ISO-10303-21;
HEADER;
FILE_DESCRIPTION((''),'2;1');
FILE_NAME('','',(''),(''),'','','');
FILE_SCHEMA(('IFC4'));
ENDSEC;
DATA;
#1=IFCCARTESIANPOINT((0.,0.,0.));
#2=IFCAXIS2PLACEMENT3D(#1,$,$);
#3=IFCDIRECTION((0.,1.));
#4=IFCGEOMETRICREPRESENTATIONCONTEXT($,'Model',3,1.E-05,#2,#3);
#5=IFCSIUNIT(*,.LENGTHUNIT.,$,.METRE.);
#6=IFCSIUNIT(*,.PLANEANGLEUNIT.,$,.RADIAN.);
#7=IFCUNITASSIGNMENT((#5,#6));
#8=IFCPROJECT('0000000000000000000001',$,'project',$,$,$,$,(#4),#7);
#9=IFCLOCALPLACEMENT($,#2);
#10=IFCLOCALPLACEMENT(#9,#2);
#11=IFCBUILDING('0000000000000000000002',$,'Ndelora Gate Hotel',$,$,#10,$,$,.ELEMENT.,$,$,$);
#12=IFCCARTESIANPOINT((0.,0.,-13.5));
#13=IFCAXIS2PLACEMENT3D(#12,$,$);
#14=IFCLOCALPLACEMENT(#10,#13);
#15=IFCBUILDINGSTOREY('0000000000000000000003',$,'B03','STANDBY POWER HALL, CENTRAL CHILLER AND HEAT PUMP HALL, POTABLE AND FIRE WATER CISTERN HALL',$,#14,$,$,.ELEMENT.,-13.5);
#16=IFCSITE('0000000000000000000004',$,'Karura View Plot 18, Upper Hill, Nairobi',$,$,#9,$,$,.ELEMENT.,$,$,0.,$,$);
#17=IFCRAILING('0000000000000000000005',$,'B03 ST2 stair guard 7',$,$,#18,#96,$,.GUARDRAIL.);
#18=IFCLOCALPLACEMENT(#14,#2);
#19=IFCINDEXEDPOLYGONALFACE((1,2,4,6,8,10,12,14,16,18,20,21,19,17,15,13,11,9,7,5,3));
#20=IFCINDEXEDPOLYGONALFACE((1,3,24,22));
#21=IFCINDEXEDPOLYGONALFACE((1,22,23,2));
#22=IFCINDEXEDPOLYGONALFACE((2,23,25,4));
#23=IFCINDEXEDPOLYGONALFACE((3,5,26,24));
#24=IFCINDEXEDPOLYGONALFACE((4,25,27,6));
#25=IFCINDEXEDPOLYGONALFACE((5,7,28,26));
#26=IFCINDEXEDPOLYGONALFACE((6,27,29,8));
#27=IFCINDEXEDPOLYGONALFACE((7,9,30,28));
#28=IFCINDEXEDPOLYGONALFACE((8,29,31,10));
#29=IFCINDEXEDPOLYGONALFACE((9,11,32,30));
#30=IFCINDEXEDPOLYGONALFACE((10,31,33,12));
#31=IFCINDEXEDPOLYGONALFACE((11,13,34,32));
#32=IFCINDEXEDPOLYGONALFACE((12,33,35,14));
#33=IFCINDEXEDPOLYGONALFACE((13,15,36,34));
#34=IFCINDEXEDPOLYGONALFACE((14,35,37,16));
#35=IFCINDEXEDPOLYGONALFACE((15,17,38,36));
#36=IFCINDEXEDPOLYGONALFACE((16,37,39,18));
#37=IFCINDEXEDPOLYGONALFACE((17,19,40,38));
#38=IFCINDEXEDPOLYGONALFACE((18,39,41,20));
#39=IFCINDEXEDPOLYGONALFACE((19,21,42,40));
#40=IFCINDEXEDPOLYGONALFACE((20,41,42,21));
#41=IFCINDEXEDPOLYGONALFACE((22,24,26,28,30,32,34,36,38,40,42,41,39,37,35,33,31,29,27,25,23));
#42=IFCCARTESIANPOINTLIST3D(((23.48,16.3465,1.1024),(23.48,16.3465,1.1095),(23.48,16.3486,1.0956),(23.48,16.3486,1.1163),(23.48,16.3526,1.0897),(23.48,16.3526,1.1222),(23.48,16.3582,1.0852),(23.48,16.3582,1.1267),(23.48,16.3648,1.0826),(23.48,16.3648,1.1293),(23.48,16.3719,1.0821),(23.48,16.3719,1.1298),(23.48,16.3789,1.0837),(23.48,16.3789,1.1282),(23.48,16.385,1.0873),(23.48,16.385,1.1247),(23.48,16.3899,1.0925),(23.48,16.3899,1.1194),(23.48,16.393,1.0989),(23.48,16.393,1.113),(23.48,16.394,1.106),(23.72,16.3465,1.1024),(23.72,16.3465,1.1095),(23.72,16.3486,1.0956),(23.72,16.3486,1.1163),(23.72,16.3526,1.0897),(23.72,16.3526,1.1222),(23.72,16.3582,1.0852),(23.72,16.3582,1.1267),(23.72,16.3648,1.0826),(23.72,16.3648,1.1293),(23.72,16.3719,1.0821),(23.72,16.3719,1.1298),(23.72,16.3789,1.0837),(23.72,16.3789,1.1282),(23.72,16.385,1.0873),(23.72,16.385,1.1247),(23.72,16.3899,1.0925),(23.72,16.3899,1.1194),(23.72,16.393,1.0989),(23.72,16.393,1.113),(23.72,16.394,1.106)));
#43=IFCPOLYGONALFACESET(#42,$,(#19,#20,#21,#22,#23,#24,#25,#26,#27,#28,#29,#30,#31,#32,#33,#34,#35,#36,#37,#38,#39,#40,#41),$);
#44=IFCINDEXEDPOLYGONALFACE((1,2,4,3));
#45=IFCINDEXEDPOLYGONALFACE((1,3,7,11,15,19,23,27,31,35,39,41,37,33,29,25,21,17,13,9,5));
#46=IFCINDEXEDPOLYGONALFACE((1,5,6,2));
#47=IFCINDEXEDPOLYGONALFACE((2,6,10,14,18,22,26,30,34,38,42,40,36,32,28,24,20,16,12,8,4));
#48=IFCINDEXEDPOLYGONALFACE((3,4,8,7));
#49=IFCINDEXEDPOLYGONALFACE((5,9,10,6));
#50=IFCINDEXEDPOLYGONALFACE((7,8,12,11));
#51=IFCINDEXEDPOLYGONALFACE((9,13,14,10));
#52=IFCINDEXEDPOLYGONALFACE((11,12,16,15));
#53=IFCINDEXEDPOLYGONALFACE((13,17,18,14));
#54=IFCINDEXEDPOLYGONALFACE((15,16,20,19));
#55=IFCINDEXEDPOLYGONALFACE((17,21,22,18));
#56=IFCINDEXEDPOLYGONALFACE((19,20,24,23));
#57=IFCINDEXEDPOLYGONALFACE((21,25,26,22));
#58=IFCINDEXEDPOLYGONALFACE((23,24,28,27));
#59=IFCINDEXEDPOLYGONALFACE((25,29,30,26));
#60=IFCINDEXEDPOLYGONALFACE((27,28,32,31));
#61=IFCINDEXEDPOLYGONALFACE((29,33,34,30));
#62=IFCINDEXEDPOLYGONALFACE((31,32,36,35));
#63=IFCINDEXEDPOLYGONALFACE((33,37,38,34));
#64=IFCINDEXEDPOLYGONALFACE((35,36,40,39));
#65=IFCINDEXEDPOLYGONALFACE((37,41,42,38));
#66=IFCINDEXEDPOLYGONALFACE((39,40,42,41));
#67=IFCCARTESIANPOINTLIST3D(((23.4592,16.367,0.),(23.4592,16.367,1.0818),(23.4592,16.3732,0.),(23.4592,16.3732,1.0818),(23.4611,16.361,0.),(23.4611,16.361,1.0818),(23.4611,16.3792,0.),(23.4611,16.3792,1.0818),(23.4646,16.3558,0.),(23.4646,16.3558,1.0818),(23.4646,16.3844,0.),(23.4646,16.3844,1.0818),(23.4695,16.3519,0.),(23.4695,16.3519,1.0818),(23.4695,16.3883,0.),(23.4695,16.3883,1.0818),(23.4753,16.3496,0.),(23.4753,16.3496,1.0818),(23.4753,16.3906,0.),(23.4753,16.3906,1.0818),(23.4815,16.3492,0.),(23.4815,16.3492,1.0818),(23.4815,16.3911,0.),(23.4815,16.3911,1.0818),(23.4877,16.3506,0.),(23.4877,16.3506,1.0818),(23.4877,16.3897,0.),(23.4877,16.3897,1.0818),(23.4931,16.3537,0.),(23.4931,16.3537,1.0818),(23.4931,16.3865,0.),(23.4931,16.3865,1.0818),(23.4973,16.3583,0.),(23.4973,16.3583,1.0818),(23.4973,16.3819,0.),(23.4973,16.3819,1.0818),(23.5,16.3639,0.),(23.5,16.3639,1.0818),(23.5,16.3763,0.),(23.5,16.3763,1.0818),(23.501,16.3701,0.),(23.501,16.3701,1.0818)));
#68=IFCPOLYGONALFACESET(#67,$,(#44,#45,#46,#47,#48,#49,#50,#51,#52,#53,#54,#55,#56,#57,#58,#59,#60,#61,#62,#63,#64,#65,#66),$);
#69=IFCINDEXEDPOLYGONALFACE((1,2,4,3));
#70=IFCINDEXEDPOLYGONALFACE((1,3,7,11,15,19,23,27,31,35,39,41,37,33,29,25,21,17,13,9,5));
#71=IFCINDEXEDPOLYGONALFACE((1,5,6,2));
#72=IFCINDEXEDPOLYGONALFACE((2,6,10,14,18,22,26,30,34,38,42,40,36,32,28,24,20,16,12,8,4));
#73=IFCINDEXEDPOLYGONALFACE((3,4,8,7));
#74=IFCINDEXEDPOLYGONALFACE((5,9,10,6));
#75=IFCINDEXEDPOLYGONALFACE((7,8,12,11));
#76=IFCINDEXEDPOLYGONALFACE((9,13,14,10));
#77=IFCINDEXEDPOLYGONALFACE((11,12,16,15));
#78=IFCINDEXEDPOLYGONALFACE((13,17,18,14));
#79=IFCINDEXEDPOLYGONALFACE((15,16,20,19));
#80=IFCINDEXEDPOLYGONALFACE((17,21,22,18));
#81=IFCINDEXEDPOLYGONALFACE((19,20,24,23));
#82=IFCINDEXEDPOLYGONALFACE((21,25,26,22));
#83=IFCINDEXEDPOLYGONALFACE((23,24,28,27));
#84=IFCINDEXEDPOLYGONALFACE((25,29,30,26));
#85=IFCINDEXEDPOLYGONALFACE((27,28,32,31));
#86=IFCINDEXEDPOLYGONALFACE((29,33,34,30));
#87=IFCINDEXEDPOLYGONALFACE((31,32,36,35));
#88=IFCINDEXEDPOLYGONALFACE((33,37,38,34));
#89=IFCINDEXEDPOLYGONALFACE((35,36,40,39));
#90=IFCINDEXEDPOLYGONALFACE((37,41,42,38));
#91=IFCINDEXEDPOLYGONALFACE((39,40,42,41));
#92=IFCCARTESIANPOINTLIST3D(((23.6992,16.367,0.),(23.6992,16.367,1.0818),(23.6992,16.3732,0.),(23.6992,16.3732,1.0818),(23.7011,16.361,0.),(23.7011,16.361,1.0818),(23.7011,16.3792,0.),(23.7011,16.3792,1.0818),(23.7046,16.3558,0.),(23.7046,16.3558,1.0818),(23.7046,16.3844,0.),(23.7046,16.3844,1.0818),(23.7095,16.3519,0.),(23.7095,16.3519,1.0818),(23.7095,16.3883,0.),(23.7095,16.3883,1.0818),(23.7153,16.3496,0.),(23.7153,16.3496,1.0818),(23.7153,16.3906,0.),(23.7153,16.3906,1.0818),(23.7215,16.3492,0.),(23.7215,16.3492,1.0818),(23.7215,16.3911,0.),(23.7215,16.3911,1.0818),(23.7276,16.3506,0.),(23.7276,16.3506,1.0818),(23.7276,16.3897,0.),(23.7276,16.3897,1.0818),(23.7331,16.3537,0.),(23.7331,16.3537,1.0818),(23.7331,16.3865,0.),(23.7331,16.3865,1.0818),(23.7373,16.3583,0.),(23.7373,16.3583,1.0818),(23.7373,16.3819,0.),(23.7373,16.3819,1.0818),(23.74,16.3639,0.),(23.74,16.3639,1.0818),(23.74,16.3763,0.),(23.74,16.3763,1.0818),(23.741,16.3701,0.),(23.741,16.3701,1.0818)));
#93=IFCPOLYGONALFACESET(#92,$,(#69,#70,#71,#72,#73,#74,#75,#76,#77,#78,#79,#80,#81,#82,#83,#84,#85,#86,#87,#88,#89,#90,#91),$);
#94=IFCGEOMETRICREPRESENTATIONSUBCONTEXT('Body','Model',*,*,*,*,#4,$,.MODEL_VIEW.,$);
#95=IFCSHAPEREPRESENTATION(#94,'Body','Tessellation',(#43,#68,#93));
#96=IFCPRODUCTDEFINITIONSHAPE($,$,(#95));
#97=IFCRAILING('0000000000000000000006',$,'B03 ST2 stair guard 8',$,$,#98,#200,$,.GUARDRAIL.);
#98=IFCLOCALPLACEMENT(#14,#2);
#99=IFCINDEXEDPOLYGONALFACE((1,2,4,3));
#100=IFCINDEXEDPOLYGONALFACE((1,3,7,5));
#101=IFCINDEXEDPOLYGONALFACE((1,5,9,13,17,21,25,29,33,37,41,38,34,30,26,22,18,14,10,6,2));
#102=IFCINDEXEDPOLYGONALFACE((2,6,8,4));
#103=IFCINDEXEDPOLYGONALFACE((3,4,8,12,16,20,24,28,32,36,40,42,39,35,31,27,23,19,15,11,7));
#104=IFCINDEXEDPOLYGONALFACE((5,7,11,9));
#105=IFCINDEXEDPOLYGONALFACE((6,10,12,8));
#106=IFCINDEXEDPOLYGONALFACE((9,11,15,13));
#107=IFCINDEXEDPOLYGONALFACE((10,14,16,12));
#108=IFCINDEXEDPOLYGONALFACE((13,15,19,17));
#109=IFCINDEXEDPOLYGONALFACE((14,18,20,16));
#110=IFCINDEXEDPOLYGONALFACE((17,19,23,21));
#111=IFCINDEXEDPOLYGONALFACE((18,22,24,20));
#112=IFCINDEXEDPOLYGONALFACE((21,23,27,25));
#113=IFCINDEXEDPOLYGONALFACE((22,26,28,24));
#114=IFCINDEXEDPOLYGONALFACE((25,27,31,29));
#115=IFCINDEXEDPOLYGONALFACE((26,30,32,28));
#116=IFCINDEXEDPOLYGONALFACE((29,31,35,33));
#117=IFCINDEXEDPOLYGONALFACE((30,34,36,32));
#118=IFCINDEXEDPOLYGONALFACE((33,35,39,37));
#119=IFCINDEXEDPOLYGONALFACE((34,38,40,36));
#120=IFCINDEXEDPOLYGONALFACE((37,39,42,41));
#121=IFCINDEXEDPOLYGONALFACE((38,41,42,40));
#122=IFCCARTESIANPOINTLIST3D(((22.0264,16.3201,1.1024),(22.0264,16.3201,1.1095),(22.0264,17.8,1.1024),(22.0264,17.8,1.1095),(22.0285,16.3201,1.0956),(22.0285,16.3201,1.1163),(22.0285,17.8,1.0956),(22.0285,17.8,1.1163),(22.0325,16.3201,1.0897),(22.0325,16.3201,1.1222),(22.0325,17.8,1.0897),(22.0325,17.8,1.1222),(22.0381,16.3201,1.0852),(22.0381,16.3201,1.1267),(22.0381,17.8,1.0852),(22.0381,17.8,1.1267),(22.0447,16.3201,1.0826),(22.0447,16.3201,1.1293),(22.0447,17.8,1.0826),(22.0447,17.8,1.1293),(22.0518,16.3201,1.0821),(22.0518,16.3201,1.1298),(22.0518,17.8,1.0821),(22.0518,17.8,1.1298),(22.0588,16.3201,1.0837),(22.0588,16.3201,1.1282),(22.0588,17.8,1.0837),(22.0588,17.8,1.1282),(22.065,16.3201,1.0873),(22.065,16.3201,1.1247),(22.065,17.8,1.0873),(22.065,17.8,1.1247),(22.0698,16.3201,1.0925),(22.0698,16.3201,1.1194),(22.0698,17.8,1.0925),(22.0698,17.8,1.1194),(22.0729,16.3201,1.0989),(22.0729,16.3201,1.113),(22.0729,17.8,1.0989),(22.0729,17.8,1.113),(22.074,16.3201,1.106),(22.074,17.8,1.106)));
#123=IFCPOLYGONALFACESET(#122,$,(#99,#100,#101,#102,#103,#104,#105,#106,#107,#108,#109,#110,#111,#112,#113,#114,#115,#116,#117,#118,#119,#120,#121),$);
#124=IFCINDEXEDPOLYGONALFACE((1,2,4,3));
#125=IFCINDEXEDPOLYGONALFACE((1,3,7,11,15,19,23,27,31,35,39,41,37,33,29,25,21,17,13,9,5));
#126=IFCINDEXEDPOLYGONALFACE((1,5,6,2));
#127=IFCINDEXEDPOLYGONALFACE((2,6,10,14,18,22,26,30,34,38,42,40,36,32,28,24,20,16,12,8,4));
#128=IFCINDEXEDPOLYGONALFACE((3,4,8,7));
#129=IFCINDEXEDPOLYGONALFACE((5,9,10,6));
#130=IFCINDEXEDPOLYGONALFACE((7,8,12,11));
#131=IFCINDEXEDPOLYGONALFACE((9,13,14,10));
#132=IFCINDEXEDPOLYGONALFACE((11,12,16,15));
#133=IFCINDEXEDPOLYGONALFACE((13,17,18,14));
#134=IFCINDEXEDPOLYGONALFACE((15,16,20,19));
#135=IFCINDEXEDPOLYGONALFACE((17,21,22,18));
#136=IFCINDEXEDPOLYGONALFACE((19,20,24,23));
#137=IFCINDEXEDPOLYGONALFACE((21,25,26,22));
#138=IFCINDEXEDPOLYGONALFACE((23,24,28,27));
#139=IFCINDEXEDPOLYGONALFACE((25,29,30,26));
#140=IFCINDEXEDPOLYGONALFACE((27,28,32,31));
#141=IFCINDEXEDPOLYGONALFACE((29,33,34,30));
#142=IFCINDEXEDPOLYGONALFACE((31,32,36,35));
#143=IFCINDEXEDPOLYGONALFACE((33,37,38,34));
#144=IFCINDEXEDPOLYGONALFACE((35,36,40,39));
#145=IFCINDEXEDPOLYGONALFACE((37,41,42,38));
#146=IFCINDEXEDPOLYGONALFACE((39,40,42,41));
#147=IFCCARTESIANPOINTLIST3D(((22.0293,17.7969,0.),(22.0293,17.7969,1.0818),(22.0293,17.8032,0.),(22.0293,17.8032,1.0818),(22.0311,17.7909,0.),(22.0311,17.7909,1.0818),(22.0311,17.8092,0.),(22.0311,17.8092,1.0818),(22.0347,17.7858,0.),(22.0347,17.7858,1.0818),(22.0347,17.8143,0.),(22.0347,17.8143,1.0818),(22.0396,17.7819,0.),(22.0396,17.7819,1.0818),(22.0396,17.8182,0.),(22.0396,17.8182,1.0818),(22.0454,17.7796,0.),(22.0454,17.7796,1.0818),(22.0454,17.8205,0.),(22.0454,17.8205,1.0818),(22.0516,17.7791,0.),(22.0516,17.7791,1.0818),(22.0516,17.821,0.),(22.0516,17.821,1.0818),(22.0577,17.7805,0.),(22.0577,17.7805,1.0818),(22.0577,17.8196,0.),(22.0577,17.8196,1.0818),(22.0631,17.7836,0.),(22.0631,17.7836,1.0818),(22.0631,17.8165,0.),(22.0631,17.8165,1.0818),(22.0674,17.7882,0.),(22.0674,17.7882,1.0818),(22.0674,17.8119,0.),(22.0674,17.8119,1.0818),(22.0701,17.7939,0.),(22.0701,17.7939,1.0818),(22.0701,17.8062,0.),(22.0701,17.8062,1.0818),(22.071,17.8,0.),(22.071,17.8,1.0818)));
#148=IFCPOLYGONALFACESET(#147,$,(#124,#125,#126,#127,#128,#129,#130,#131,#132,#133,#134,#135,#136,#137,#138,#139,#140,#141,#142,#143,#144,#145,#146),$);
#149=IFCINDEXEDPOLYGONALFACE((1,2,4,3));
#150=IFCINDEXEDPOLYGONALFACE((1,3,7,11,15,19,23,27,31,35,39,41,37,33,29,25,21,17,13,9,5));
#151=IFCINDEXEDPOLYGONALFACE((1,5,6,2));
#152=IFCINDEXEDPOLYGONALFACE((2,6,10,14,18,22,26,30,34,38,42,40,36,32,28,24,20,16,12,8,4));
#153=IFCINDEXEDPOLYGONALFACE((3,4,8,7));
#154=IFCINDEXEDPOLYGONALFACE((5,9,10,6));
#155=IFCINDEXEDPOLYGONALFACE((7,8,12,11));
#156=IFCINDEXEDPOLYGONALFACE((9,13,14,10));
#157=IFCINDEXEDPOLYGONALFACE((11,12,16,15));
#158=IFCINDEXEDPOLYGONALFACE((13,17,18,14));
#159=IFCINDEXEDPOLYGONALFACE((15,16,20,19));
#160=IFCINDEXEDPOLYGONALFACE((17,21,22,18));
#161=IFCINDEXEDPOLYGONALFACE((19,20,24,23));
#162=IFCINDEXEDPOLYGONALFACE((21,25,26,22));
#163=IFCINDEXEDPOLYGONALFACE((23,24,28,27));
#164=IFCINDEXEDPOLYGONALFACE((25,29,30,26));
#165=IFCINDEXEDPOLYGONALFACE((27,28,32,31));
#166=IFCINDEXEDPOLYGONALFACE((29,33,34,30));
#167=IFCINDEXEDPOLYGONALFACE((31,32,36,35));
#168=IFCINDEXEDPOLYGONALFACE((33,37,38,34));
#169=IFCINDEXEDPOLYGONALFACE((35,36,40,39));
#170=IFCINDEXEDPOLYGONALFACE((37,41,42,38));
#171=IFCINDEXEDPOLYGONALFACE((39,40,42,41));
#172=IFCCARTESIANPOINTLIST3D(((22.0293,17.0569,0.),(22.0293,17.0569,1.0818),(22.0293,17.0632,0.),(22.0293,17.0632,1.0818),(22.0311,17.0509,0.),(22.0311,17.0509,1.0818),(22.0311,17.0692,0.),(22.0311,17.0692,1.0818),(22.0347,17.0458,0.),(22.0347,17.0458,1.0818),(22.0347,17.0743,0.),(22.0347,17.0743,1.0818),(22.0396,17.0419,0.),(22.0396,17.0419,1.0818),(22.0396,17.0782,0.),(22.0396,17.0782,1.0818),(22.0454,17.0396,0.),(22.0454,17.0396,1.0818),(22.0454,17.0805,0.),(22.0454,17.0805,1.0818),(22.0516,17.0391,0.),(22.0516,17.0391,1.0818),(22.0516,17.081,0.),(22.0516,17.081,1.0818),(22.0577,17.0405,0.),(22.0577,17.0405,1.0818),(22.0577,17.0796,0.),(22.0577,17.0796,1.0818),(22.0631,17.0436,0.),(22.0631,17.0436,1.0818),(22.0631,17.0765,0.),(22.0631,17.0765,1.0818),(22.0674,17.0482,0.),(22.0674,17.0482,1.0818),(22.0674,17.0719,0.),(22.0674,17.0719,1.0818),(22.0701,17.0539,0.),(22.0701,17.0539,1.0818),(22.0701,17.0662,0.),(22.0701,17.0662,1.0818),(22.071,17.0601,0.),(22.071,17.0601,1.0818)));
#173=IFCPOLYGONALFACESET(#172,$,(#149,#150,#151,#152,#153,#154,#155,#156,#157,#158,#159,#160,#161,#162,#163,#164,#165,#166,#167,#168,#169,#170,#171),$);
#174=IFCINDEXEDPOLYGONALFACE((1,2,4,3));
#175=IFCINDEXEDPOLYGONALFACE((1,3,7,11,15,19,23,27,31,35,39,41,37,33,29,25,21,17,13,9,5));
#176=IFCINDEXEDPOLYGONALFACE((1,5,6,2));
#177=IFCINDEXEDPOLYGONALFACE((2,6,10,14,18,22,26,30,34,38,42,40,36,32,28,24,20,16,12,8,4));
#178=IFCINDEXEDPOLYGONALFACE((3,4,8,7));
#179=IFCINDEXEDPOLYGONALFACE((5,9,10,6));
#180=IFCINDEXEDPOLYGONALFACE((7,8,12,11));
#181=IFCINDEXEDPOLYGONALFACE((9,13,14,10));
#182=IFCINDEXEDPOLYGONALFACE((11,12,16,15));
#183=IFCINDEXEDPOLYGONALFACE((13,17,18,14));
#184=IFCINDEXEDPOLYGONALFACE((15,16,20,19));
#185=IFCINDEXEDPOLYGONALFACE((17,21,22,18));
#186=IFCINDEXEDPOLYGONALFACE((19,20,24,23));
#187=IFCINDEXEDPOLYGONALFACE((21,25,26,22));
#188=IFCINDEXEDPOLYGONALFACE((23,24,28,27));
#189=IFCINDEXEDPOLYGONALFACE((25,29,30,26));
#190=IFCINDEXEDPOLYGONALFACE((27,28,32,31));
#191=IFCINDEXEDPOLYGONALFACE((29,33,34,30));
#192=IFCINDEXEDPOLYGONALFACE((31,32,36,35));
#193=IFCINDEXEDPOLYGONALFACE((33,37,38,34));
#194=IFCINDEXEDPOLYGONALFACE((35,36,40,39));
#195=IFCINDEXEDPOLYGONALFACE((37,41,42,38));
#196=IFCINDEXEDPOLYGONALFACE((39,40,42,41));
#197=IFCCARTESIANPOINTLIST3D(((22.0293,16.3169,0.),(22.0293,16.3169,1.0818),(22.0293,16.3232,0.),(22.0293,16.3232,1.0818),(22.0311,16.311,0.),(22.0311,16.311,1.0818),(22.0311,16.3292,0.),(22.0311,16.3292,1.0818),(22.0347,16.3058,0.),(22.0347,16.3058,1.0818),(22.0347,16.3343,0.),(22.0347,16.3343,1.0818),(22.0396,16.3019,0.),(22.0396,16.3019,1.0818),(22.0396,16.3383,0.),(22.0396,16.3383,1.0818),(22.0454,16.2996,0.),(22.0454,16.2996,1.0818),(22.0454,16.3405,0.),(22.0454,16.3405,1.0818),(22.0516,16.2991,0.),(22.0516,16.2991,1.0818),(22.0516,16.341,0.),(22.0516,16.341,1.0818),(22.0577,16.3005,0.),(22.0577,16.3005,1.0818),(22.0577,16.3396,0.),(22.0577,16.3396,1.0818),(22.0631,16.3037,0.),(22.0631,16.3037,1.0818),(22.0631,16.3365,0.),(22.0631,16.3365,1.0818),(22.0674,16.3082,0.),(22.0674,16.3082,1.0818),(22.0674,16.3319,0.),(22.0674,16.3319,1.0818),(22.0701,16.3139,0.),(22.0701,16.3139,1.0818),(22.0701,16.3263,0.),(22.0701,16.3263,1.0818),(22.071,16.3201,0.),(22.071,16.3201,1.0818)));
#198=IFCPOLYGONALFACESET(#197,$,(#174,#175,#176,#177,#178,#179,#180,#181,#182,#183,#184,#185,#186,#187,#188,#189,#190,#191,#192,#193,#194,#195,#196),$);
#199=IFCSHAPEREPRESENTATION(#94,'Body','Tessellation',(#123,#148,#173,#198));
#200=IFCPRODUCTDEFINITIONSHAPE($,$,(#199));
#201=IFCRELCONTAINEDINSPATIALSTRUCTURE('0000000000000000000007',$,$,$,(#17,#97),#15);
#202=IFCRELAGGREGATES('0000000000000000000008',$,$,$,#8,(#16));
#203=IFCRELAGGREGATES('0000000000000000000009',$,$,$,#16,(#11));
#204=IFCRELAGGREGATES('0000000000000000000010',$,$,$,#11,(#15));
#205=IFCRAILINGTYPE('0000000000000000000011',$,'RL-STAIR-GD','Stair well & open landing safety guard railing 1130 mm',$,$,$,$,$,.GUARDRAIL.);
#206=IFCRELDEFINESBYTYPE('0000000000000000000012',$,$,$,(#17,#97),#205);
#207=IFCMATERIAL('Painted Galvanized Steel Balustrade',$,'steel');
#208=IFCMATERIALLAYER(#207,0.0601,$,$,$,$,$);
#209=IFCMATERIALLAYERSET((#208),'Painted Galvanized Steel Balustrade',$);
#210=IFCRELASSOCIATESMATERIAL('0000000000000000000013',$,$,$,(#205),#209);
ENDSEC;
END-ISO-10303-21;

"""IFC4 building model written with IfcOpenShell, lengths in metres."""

from ifc_helpers import new_model, si_unit, direction, frame, origin, origin_2d, place, context, subcontext, project, spatial, circle, extrude, material, layer, layer_set, type_object, element, save


model = new_model("IFC4")

# Units and contexts
model_context = context("Model", 3, precision=1e-05, world=origin(), true_north=direction((0.0, 1.0)))
body_context = subcontext(model_context, "Body", "Model", "MODEL_VIEW")
ifc_project = project(units=[si_unit("LENGTHUNIT", "METRE"), si_unit("PLANEANGLEUNIT", "RADIAN")], contexts=[model_context])

# Site, building, storey
site_placement = place(None, origin())
site = spatial("IfcSite", under=ifc_project, at=site_placement, Name="Karura View Plot 18, Upper Hill, Nairobi", CompositionType="ELEMENT", RefElevation=0.0)
building_placement = place(site_placement, origin())
building = spatial("IfcBuilding", under=site, at=building_placement, Name="Ndelora Gate Hotel", CompositionType="ELEMENT")
storey_placement = place(building_placement, frame((0.0, 0.0, -13.5)))
storey = spatial("IfcBuildingStorey", under=building, at=storey_placement, Name="B03", Description="STANDBY POWER HALL, CENTRAL CHILLER AND HEAT PUMP HALL, POTABLE AND FIRE WATER CISTERN HALL", CompositionType="ELEMENT", Elevation=-13.5)

# Railings
ifc_material_1 = material(Name="Painted Galvanized Steel Balustrade", Category="steel")
ifc_layer_1 = layer(ifc_material_1, 0.0601)
ifc_layer_set_1 = layer_set([ifc_layer_1], Name="Painted Galvanized Steel Balustrade")
railing_type_1 = type_object("IfcRailingType", Name="RL-STAIR-GD", Description="Stair well & open landing safety guard railing 1130 mm", PredefinedType="GUARDRAIL", material=ifc_layer_set_1)
railing_1_placement = place(storey_placement, frame((23.48, 16.3701, 0.0)))
element("IfcRailing", 1, at=railing_1_placement, inside=storey, type_object=railing_type_1, Name="B03 ST2 stair guard 7", PredefinedType="GUARDRAIL", context=body_context, shape_type="SweptSolid", body=[
    extrude(circle(Radius=0.0239, at=origin_2d()), frame((0.0, 0.0, 1.106), z_axis=(1.0, 0.0, 0.0), x_axis=(0.0, 1.0, 0.0)), (0.0, 0.0, 1.0), 0.24),
    extrude(circle(Radius=0.021, at=origin_2d()), origin(), (0.0, 0.0, 1.0), 1.0818),
    extrude(circle(Radius=0.021, at=origin_2d()), frame((0.24, 0.0, 0.0)), (0.0, 0.0, 1.0), 1.0818),
])
for number, where, name in (
    (2, (22.05, 17.8, 0.0), "B03 ST2 stair guard 8"),
):
    element("IfcRailing", number, at=place(storey_placement, frame(where)), inside=storey, type_object=railing_type_1, Name=name, PredefinedType="GUARDRAIL", context=body_context, shape_type="SweptSolid", body=[
        extrude(circle(Radius=0.0239, at=origin_2d()), frame((0.0, 0.0, 1.106), z_axis=(0.0, -1.0, 0.0), x_axis=(1.0, 0.0, 0.0)), (0.0, 0.0, 1.0), 1.48),
        extrude(circle(Radius=0.021, at=origin_2d()), origin(), (0.0, 0.0, 1.0), 1.0818),
        extrude(circle(Radius=0.021, at=origin_2d()), frame((0.0, -0.74, 0.0)), (0.0, 0.0, 1.0), 1.0818),
        extrude(circle(Radius=0.021, at=origin_2d()), frame((0.0, -1.48, 0.0)), (0.0, 0.0, 1.0), 1.0818),
    ])

save(model, "model.ifc")
